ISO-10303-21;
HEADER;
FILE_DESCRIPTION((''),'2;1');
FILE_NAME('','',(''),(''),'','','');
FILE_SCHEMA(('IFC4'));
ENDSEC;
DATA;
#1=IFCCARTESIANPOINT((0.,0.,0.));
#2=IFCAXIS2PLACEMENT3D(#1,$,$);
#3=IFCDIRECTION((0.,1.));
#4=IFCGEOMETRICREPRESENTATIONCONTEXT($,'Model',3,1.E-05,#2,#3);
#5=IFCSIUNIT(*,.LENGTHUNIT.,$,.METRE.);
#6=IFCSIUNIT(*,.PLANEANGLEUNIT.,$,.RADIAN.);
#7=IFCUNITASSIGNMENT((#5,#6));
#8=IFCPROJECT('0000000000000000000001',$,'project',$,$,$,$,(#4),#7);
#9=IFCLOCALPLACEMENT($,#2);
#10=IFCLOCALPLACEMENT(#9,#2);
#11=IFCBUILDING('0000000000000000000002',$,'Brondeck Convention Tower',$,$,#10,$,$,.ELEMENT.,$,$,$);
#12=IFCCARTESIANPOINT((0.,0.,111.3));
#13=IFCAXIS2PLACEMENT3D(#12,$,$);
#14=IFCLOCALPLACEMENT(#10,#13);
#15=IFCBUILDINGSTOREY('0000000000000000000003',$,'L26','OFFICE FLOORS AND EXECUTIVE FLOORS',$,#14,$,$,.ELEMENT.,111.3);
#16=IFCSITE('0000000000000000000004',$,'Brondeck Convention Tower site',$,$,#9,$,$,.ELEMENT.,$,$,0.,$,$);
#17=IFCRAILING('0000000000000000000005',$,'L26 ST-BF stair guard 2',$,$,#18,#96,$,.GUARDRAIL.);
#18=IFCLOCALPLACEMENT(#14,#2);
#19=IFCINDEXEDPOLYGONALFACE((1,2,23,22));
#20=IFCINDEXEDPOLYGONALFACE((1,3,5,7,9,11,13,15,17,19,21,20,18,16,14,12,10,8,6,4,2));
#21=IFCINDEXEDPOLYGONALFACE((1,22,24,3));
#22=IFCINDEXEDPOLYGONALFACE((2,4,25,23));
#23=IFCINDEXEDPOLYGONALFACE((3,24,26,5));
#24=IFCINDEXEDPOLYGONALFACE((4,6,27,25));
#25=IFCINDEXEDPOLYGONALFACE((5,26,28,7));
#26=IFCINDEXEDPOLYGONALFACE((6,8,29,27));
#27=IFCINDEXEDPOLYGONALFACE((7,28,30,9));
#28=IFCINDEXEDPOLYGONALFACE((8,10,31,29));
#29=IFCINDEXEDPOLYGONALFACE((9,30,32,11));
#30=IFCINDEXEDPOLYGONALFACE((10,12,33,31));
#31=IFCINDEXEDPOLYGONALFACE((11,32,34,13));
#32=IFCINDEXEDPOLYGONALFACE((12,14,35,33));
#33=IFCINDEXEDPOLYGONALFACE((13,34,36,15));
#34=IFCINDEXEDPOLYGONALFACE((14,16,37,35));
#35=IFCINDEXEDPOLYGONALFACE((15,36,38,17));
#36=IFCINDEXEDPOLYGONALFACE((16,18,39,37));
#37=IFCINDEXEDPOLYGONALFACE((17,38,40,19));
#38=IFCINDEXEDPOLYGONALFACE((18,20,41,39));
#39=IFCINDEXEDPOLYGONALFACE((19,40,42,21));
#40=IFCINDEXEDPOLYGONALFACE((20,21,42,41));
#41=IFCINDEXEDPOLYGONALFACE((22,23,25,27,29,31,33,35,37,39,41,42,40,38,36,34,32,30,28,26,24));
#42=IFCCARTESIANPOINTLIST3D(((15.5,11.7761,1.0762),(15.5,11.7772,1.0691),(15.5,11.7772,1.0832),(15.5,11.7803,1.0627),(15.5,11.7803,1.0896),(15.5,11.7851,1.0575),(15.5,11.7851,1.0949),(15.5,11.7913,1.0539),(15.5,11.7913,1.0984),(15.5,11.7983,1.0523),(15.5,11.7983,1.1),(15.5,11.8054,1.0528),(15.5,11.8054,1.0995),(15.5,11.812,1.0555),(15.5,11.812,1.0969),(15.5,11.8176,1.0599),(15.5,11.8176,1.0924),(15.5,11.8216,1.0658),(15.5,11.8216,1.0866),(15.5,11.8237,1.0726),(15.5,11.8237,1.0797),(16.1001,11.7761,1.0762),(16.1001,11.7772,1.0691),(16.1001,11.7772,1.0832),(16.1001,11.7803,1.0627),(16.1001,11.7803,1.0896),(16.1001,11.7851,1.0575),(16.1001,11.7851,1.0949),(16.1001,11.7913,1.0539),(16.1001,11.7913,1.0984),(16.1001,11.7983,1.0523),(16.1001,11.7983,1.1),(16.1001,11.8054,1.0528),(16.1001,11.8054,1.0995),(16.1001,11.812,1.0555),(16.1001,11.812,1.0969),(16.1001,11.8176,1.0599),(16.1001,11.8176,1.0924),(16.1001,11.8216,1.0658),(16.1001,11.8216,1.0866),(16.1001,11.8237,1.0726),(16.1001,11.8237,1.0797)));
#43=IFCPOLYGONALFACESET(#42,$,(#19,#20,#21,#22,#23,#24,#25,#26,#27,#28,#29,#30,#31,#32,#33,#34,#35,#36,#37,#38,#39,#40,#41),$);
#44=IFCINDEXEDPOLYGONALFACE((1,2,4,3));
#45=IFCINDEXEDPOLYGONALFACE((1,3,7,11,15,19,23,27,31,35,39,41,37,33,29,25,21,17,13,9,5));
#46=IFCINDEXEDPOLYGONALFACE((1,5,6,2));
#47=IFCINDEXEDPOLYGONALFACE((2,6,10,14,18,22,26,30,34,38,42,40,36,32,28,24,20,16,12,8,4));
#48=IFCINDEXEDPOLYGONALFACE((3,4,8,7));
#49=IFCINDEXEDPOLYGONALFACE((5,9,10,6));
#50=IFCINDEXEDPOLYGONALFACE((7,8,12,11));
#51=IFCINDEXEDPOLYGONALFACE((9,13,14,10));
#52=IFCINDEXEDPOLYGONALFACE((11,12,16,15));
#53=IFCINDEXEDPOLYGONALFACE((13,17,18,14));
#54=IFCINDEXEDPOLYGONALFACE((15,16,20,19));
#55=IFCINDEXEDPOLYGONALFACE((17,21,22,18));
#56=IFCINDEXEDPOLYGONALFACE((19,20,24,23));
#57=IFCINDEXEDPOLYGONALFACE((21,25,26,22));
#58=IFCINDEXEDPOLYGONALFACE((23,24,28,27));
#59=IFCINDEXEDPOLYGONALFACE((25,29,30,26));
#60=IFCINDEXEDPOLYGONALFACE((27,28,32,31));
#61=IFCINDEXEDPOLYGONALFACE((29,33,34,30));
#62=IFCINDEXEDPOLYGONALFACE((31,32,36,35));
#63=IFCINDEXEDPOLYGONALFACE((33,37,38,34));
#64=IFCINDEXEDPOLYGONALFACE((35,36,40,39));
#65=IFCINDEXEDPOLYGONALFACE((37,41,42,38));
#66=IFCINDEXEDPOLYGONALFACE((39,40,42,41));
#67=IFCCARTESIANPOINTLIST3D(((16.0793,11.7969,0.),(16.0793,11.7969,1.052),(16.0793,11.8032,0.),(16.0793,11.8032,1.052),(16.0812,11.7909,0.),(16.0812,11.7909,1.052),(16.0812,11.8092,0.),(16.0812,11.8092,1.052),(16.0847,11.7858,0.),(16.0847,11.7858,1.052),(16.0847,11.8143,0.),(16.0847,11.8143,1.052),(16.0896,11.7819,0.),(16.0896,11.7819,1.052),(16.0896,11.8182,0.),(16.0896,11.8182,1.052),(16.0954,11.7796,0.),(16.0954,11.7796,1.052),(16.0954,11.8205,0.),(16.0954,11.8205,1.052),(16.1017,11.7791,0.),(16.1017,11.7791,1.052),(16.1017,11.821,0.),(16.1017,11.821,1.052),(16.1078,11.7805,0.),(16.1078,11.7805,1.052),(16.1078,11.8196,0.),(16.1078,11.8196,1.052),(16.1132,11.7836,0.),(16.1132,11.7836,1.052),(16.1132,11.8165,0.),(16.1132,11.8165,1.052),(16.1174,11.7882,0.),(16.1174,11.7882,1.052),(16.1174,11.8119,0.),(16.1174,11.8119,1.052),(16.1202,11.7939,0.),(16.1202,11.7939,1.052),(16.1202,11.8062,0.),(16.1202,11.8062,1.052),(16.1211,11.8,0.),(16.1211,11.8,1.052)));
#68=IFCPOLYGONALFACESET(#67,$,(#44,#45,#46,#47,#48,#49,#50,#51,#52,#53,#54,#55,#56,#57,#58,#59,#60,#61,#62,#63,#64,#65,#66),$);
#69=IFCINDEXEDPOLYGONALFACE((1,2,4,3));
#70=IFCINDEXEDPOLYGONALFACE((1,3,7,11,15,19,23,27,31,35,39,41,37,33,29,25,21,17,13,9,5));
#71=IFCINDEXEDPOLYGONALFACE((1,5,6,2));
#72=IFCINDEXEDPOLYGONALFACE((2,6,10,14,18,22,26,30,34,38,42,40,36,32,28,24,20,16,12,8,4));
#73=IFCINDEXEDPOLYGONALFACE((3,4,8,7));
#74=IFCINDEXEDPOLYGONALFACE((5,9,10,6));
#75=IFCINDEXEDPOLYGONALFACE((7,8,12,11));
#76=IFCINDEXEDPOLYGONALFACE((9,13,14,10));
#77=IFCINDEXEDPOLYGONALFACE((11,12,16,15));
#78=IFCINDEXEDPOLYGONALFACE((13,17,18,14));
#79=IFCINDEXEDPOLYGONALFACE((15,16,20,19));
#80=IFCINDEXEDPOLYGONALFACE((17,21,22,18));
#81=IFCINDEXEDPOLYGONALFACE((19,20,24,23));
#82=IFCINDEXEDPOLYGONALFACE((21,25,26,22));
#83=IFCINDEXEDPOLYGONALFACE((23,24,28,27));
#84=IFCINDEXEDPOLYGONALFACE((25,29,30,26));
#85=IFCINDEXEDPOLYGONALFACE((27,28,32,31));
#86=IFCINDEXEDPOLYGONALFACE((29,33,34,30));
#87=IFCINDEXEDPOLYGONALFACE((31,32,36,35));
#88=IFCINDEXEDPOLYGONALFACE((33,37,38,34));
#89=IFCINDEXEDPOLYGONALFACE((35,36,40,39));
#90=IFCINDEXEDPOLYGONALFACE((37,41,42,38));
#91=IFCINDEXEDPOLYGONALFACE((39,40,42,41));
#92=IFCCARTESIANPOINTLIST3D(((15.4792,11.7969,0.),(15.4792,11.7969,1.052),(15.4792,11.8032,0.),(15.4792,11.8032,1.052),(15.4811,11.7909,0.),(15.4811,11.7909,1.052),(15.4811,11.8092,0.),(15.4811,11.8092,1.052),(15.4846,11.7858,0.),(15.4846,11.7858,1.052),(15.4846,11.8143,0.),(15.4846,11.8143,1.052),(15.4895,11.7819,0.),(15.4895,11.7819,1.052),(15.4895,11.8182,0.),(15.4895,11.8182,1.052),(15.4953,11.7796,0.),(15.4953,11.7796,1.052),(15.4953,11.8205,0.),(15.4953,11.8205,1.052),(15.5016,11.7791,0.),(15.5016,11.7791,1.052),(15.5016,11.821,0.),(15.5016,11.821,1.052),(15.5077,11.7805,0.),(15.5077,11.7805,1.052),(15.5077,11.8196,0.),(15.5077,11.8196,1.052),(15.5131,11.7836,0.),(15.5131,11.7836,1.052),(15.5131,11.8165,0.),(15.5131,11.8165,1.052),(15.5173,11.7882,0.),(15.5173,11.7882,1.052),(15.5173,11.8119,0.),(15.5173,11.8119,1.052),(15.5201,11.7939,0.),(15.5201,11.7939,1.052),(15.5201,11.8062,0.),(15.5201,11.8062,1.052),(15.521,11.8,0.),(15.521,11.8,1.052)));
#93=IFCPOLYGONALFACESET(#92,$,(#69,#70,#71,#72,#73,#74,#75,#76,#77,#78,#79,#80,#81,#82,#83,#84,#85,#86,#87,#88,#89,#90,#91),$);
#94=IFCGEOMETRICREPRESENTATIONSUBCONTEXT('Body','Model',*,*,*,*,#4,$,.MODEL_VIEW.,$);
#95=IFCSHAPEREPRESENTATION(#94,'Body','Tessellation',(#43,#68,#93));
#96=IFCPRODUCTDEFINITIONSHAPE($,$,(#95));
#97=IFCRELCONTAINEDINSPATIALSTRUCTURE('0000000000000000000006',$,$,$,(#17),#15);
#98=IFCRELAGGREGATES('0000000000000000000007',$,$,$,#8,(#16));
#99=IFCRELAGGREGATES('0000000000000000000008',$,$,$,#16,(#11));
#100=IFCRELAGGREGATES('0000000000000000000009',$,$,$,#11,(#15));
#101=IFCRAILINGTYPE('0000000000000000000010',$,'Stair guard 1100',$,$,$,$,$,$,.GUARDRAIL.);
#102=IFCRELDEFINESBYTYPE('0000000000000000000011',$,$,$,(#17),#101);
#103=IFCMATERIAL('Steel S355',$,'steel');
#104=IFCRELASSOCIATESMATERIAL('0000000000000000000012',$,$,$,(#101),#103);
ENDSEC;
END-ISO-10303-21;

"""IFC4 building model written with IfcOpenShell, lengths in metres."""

from ifc_helpers import new_model, si_unit, direction, frame, origin, origin_2d, place, context, subcontext, project, spatial, circle, extrude, material, type_object, element, save


model = new_model("IFC4")

# Units and contexts
model_context = context("Model", 3, precision=1e-05, world=origin(), true_north=direction((0.0, 1.0)))
body_context = subcontext(model_context, "Body", "Model", "MODEL_VIEW")
ifc_project = project(units=[si_unit("LENGTHUNIT", "METRE"), si_unit("PLANEANGLEUNIT", "RADIAN")], contexts=[model_context])

# Site, building, storey
site_placement = place(None, origin())
site = spatial("IfcSite", under=ifc_project, at=site_placement, Name="Brondeck Convention Tower site", CompositionType="ELEMENT", RefElevation=0.0)
building_placement = place(site_placement, origin())
building = spatial("IfcBuilding", under=site, at=building_placement, Name="Brondeck Convention Tower", CompositionType="ELEMENT")
storey_placement = place(building_placement, frame((0.0, 0.0, 111.3)))
storey = spatial("IfcBuildingStorey", under=building, at=storey_placement, Name="L26", Description="OFFICE FLOORS AND EXECUTIVE FLOORS", CompositionType="ELEMENT", Elevation=111.3)

# Shared definitions
ifc_material_1 = material(Name="Steel S355", Category="steel")

# Railing
railing_type_1 = type_object("IfcRailingType", Name="Stair guard 1100", PredefinedType="GUARDRAIL", material=ifc_material_1)
railing_1_placement = place(storey_placement, frame((16.1001, 11.8, 0.0)))
element("IfcRailing", 1, at=railing_1_placement, inside=storey, type_object=railing_type_1, Name="L26 ST-BF stair guard 2", PredefinedType="GUARDRAIL", context=body_context, shape_type="SweptSolid", body=[
    extrude(circle(Radius=0.0239, at=origin_2d()), frame((0.0, 0.0, 1.0762), z_axis=(-1.0, 0.0, 0.0), x_axis=(0.0, -1.0, 0.0)), (0.0, 0.0, 1.0), 0.6001),
    extrude(circle(Radius=0.021, at=origin_2d()), origin(), (0.0, 0.0, 1.0), 1.052),
    extrude(circle(Radius=0.021, at=origin_2d()), frame((-0.6001, 0.0, 0.0)), (0.0, 0.0, 1.0), 1.052),
])

save(model, "model.ifc")
